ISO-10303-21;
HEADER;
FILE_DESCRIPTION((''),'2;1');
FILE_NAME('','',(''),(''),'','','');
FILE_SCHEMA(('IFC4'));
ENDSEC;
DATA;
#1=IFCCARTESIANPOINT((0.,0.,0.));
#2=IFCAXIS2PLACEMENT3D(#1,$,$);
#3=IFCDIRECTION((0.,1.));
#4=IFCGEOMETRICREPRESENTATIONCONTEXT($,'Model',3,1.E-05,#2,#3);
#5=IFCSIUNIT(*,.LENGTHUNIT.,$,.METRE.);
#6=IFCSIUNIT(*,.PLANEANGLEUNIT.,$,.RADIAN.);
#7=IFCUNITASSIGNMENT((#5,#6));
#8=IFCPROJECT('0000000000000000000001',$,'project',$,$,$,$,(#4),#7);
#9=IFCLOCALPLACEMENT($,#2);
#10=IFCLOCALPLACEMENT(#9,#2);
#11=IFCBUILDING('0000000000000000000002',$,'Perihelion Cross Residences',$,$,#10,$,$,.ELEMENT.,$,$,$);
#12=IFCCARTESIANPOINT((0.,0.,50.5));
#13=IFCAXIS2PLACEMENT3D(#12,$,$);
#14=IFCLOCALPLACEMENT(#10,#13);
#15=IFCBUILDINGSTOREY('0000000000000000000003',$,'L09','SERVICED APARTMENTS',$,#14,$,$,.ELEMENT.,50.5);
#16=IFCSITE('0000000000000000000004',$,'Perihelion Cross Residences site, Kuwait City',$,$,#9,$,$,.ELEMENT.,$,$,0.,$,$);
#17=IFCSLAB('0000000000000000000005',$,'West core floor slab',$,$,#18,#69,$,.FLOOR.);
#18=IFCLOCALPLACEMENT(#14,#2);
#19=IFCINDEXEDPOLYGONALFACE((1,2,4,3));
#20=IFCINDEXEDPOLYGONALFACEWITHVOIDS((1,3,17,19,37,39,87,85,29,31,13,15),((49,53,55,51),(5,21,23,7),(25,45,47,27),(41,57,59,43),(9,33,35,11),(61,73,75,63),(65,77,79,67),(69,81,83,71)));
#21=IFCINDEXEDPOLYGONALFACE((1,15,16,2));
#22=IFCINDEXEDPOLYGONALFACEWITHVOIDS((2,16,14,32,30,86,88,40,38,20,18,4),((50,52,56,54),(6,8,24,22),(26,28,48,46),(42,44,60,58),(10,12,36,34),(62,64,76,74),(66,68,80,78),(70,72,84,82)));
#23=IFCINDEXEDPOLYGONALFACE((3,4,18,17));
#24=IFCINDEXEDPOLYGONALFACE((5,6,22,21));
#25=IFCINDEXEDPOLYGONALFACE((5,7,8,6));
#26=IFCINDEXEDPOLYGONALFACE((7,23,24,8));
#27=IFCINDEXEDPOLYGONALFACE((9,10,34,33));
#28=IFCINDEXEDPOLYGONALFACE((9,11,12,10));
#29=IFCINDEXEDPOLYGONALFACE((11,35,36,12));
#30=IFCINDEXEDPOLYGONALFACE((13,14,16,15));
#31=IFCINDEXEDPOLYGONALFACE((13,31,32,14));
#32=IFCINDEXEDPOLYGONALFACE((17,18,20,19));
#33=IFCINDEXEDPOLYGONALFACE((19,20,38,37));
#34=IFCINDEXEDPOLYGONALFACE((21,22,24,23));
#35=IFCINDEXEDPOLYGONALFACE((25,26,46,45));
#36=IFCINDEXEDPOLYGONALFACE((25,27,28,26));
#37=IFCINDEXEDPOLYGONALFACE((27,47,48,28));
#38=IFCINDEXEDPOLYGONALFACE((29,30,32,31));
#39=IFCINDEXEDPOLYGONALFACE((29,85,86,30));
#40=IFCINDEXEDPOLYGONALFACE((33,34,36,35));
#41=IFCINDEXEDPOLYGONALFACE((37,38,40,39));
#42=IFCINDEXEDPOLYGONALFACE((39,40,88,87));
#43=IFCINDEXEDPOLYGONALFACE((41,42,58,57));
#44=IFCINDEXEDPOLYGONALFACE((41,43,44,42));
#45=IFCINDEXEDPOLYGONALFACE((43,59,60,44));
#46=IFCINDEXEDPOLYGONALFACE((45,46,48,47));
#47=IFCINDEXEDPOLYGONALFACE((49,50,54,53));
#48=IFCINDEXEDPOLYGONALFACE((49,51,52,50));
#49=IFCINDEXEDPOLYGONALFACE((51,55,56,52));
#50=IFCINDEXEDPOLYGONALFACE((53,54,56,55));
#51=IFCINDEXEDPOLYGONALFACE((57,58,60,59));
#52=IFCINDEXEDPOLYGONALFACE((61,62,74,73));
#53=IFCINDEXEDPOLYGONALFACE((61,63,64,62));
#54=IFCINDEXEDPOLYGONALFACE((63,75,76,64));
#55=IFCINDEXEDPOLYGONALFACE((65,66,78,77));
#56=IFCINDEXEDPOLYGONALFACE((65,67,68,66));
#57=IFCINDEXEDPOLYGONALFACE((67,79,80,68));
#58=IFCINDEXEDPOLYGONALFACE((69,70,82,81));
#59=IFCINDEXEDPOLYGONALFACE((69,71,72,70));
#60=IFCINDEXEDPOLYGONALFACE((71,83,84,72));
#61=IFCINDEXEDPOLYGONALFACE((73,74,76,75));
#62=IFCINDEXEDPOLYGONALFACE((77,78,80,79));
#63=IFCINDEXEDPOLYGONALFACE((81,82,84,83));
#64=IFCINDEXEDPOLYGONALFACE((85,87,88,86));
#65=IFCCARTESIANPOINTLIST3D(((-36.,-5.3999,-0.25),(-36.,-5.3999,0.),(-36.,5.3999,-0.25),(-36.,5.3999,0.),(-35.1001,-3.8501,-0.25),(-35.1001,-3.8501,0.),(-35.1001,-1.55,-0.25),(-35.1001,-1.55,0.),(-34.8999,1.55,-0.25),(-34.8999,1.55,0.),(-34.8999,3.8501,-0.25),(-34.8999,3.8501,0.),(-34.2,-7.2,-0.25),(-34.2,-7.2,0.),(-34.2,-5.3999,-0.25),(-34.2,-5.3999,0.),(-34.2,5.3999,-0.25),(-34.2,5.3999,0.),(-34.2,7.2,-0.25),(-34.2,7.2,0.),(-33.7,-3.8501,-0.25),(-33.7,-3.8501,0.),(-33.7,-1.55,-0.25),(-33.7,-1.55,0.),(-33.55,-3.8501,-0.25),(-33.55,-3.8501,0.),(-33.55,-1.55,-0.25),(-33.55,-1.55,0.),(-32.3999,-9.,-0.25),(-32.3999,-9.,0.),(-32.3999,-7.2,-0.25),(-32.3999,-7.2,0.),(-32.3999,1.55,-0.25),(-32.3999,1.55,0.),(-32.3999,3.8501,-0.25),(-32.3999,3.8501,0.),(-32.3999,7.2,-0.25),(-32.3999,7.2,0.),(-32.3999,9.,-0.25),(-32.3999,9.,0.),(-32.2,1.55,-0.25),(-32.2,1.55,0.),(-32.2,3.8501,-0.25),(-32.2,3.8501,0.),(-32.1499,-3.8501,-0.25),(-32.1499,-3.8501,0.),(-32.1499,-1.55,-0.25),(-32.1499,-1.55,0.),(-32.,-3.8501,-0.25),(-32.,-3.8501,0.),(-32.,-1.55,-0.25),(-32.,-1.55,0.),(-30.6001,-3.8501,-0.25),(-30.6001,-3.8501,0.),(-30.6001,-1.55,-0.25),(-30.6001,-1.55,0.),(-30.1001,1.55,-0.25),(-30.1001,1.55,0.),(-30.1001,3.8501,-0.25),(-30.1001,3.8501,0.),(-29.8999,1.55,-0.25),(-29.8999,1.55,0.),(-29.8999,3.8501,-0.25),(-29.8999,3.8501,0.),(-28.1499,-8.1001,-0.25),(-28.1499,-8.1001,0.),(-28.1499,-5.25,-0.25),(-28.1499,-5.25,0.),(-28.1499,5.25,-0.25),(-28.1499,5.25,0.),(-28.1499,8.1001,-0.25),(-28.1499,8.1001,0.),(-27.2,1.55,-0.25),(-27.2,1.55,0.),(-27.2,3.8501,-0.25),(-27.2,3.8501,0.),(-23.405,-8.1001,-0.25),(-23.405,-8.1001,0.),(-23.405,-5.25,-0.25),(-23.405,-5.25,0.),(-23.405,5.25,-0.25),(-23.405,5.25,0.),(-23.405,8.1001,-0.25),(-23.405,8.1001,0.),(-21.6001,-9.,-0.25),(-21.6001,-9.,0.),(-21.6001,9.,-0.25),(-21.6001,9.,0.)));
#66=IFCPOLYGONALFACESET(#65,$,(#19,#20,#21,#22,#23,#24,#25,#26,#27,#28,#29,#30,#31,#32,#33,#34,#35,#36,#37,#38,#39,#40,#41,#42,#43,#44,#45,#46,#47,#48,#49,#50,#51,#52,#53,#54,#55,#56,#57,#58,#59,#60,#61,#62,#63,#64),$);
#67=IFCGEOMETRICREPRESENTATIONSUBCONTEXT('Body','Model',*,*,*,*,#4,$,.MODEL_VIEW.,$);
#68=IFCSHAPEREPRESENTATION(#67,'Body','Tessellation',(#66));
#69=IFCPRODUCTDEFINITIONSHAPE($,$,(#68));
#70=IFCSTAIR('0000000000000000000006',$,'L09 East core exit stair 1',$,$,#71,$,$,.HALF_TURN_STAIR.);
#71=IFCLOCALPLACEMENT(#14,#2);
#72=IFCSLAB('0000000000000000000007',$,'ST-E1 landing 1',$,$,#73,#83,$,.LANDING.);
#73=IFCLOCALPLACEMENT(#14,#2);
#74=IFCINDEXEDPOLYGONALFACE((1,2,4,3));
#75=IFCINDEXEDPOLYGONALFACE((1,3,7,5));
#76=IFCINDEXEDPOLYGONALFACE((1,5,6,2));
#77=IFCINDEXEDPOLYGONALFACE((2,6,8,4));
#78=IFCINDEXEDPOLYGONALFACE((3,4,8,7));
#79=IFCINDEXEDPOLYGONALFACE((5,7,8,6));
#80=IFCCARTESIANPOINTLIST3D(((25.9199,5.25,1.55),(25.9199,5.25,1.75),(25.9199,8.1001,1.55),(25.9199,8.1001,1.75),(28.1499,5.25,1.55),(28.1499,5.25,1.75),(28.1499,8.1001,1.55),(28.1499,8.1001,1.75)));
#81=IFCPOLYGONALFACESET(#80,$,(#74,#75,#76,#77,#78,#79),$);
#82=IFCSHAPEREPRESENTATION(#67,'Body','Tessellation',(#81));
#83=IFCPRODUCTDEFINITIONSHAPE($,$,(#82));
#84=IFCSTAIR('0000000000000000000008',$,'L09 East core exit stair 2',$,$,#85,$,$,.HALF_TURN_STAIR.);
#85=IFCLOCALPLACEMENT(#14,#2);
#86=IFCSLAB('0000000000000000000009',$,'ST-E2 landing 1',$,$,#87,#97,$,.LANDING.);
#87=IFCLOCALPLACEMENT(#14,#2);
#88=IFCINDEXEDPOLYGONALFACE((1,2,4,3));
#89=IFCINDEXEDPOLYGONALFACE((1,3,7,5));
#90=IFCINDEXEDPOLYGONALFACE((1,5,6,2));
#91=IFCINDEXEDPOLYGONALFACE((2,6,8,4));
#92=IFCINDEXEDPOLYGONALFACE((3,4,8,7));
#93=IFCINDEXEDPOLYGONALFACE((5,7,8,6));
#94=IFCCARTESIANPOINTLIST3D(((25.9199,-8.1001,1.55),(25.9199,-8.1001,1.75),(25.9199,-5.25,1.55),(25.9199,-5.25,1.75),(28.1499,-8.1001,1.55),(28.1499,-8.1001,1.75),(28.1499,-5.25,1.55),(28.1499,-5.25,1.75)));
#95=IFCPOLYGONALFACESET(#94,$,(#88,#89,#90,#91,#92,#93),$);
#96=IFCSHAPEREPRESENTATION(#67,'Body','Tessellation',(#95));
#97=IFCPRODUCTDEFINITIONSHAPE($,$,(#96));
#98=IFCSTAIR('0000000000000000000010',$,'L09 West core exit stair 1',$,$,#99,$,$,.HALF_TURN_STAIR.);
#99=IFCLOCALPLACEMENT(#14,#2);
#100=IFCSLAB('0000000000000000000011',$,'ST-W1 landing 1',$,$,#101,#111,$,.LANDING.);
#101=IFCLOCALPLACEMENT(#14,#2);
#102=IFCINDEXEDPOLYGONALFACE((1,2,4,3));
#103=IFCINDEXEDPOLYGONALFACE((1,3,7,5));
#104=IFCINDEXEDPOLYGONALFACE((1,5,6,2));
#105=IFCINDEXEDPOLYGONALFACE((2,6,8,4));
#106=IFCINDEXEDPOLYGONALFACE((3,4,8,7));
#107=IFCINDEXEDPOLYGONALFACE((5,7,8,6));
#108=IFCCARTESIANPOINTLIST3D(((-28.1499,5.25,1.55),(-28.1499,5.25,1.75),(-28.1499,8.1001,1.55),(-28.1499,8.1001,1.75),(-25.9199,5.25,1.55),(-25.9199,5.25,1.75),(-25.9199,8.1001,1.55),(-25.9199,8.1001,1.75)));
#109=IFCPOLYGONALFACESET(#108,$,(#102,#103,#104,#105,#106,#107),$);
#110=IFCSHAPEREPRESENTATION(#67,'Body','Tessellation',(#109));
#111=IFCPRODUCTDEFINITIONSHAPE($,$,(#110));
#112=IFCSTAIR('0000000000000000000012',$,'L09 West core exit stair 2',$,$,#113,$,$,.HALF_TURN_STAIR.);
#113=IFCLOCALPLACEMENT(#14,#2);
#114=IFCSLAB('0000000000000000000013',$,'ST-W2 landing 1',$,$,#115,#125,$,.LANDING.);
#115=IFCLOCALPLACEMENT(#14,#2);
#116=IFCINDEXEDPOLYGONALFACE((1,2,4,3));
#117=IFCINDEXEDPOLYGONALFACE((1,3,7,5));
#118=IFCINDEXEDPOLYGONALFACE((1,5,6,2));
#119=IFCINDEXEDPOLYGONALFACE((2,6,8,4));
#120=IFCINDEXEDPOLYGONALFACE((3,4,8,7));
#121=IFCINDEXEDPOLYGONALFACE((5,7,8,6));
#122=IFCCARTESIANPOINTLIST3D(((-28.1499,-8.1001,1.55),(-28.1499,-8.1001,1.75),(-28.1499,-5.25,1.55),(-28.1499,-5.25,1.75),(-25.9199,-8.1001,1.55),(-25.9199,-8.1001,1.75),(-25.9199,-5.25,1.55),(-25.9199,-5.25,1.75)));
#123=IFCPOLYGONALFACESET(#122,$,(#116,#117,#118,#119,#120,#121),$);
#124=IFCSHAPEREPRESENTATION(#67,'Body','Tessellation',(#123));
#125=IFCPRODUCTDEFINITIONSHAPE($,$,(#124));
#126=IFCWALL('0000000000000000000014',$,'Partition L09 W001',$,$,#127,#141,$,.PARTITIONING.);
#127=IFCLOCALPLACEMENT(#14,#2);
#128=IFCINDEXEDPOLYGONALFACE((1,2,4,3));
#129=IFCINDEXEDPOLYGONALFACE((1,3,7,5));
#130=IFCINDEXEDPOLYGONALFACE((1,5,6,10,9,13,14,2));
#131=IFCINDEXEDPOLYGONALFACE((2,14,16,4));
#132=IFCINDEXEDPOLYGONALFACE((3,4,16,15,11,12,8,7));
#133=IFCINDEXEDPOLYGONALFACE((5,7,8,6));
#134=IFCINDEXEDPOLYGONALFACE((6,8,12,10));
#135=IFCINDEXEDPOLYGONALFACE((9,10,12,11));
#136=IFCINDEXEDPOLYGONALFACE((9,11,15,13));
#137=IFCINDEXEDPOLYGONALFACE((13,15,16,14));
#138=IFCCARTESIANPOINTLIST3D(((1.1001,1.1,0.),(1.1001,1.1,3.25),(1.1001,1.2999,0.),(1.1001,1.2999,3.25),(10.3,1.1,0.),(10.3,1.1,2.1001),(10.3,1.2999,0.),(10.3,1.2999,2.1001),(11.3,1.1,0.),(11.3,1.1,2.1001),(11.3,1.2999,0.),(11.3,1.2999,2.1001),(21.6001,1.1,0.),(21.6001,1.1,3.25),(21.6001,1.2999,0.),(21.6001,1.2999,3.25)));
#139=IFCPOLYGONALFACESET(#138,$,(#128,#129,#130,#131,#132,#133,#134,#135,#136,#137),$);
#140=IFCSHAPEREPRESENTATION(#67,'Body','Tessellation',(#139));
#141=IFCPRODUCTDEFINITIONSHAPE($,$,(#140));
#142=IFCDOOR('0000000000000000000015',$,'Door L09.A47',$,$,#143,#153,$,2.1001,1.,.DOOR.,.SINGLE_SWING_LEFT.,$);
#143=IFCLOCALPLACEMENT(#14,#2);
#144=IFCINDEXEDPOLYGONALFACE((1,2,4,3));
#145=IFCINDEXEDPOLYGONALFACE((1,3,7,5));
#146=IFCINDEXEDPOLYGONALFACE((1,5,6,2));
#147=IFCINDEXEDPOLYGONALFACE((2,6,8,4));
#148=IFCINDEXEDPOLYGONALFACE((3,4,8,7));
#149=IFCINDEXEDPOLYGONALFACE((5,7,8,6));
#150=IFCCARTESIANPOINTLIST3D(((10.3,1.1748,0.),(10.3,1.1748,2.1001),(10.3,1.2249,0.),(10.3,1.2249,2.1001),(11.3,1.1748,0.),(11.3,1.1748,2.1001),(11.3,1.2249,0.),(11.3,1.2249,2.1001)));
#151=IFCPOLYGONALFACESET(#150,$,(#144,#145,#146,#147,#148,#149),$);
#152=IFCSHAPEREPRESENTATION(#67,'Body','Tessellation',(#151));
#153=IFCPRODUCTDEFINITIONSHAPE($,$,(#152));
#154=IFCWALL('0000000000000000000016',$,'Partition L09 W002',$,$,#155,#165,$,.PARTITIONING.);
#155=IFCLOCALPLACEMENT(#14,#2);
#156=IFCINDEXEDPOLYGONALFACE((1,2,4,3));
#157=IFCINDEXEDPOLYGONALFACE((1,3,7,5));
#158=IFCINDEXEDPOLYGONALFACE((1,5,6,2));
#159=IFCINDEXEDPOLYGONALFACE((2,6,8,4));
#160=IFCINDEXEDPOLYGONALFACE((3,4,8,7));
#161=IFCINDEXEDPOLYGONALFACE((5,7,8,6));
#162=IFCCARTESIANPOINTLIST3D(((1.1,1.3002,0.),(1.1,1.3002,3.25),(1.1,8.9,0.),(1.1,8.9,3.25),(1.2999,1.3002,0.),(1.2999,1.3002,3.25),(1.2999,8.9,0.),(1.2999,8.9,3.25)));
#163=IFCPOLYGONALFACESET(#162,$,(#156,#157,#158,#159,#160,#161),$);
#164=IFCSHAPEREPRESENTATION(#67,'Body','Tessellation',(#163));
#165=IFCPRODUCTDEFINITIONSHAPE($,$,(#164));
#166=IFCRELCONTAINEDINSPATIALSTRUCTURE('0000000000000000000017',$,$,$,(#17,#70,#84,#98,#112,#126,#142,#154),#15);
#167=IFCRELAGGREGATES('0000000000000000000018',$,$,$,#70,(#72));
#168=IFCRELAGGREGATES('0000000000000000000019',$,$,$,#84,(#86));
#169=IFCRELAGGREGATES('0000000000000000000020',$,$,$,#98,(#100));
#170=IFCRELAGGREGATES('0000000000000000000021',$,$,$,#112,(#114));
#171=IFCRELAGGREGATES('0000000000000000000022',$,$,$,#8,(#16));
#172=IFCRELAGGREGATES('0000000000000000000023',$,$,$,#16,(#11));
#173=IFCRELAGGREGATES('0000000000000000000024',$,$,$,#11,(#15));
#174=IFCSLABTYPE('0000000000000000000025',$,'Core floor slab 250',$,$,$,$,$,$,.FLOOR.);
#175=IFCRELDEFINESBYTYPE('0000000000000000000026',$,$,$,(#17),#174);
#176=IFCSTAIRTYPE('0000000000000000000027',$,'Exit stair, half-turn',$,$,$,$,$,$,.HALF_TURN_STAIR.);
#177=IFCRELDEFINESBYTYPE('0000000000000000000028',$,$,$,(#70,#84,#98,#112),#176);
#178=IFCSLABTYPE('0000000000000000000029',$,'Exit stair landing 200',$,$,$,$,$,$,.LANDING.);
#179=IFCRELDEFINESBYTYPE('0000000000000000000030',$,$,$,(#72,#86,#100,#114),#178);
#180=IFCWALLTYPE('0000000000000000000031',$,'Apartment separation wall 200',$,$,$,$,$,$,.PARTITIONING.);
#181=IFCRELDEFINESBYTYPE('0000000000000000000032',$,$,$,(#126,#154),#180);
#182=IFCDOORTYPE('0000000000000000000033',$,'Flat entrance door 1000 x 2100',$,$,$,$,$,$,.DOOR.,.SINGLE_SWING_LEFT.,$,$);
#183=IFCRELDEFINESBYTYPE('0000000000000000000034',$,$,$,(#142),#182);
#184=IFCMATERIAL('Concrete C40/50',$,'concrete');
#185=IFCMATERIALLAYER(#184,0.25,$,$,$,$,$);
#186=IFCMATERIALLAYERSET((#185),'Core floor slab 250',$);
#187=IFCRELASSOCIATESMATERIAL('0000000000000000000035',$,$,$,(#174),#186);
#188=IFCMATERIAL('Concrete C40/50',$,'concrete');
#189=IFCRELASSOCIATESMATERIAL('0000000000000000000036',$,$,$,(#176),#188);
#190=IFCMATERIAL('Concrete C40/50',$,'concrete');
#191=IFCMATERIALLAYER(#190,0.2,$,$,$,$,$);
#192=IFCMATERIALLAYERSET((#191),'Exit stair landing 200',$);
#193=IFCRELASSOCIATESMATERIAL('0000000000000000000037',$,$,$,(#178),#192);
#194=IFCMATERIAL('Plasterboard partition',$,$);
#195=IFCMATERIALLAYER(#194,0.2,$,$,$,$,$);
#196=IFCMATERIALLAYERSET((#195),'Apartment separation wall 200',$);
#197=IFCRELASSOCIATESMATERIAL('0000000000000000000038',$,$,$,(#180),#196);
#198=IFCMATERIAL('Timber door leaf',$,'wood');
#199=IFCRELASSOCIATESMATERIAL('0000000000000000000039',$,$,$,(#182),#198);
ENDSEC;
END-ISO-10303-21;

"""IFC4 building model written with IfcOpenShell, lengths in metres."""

from ifc_helpers import new_model, si_unit, direction, frame, frame_2d, origin, place, context, subcontext, project, spatial, polyline, rectangle, outline, extrude, material, layer, layer_set, type_object, element, fill, aggregate, save


model = new_model("IFC4")

# Units and contexts
model_context = context("Model", 3, precision=1e-05, world=origin(), true_north=direction((0.0, 1.0)))
body_context = subcontext(model_context, "Body", "Model", "MODEL_VIEW")
ifc_project = project(units=[si_unit("LENGTHUNIT", "METRE"), si_unit("PLANEANGLEUNIT", "RADIAN")], contexts=[model_context])

# Site, building, storey
site_placement = place(None, origin())
site = spatial("IfcSite", under=ifc_project, at=site_placement, Name="Perihelion Cross Residences site, Kuwait City", CompositionType="ELEMENT", RefElevation=0.0)
building_placement = place(site_placement, origin())
building = spatial("IfcBuilding", under=site, at=building_placement, Name="Perihelion Cross Residences", CompositionType="ELEMENT")
storey_placement = place(building_placement, frame((0.0, 0.0, 50.5)))
storey = spatial("IfcBuildingStorey", under=building, at=storey_placement, Name="L09", Description="SERVICED APARTMENTS", CompositionType="ELEMENT", Elevation=50.5)

# Slab
ifc_material_1 = material(Name="Concrete C40/50", Category="concrete")
ifc_layer_1 = layer(ifc_material_1, 0.25)
ifc_layer_set_1 = layer_set([ifc_layer_1], Name="Core floor slab 250")
slab_type_1 = type_object("IfcSlabType", Name="Core floor slab 250", PredefinedType="FLOOR", material=ifc_layer_set_1)
slab_1_placement = place(storey_placement, frame((0.0, 0.0, -0.25)))
element("IfcSlab", 1, at=slab_1_placement, inside=storey, type_object=slab_type_1, Name="West core floor slab", PredefinedType="FLOOR", context=body_context, shape_type="SweptSolid", body=[
    extrude(outline(polyline([(-32.3999, 7.2), (-34.2, 7.2), (-34.2, 5.3999), (-36.0, 5.3999), (-36.0, -5.3999), (-34.2, -5.3999), (-34.2, -7.2), (-32.3999, -7.2), (-32.3999, -9.0), (-21.6001, -9.0), (-21.6001, 9.0), (-32.3999, 9.0), (-32.3999, 7.2)]), holes=[polyline([(-23.405, -8.1001), (-28.1499, -8.1001), (-28.1499, -5.25), (-23.405, -5.25), (-23.405, -8.1001)]), polyline([(-30.6001, -1.55), (-30.6001, -3.8501), (-32.0, -3.8501), (-32.0, -1.55), (-30.6001, -1.55)]), polyline([(-32.1499, -1.55), (-32.1499, -3.8501), (-33.55, -3.8501), (-33.55, -1.55), (-32.1499, -1.55)]), polyline([(-33.7, -1.55), (-33.7, -3.8501), (-35.1001, -3.8501), (-35.1001, -1.55), (-33.7, -1.55)]), polyline([(-27.2, 3.8501), (-27.2, 1.55), (-29.8999, 1.55), (-29.8999, 3.8501), (-27.2, 3.8501)]), polyline([(-30.1001, 3.8501), (-30.1001, 1.55), (-32.2, 1.55), (-32.2, 3.8501), (-30.1001, 3.8501)]), polyline([(-32.3999, 3.8501), (-32.3999, 1.55), (-34.8999, 1.55), (-34.8999, 3.8501), (-32.3999, 3.8501)]), polyline([(-23.405, 5.25), (-28.1499, 5.25), (-28.1499, 8.1001), (-23.405, 8.1001), (-23.405, 5.25)])]), origin(), (0.0, 0.0, 1.0), 0.25),
])

# Stairs, slabs
ifc_material_2 = material(Name="Concrete C40/50", Category="concrete")
stair_type = type_object("IfcStairType", Name="Exit stair, half-turn", PredefinedType="HALF_TURN_STAIR", material=ifc_material_2)
stair_1_placement = place(storey_placement, origin())
stair_1 = element("IfcStair", 2, at=stair_1_placement, inside=storey, type_object=stair_type, Name="L09 East core exit stair 1", PredefinedType="HALF_TURN_STAIR")
ifc_material_3 = material(Name="Concrete C40/50", Category="concrete")
ifc_layer_2 = layer(ifc_material_3, 0.2)
ifc_layer_set_2 = layer_set([ifc_layer_2], Name="Exit stair landing 200")
slab_type_2 = type_object("IfcSlabType", Name="Exit stair landing 200", PredefinedType="LANDING", material=ifc_layer_set_2)
slab_2_placement = place(storey_placement, frame((0.0, 0.0, 1.55)))
slab_2 = element("IfcSlab", 3, at=slab_2_placement, type_object=slab_type_2, Name="ST-E1 landing 1", PredefinedType="LANDING", context=body_context, shape_type="SweptSolid", body=[
    extrude(outline(polyline([(25.9199, 5.25), (28.1499, 5.25), (28.1499, 8.1001), (25.9199, 8.1001), (25.9199, 5.25)])), origin(), (0.0, 0.0, 1.0), 0.2),
])
aggregate(stair_1, [slab_2])
stair_2_placement = place(storey_placement, origin())
stair_2 = element("IfcStair", 4, at=stair_2_placement, inside=storey, type_object=stair_type, Name="L09 East core exit stair 2", PredefinedType="HALF_TURN_STAIR")
slab_3_placement = place(storey_placement, frame((0.0, 0.0, 1.55)))
slab_3 = element("IfcSlab", 5, at=slab_3_placement, type_object=slab_type_2, Name="ST-E2 landing 1", PredefinedType="LANDING", context=body_context, shape_type="SweptSolid", body=[
    extrude(outline(polyline([(25.9199, -8.1001), (28.1499, -8.1001), (28.1499, -5.25), (25.9199, -5.25), (25.9199, -8.1001)])), origin(), (0.0, 0.0, 1.0), 0.2),
])
aggregate(stair_2, [slab_3])
stair_3_placement = place(storey_placement, origin())
stair_3 = element("IfcStair", 6, at=stair_3_placement, inside=storey, type_object=stair_type, Name="L09 West core exit stair 1", PredefinedType="HALF_TURN_STAIR")
slab_4_placement = place(storey_placement, frame((0.0, 0.0, 1.55)))
slab_4 = element("IfcSlab", 7, at=slab_4_placement, type_object=slab_type_2, Name="ST-W1 landing 1", PredefinedType="LANDING", context=body_context, shape_type="SweptSolid", body=[
    extrude(outline(polyline([(-25.9199, 8.1001), (-28.1499, 8.1001), (-28.1499, 5.25), (-25.9199, 5.25), (-25.9199, 8.1001)])), origin(), (0.0, 0.0, 1.0), 0.2),
])
aggregate(stair_3, [slab_4])
stair_4_placement = place(storey_placement, origin())
stair_4 = element("IfcStair", 8, at=stair_4_placement, inside=storey, type_object=stair_type, Name="L09 West core exit stair 2", PredefinedType="HALF_TURN_STAIR")
slab_5_placement = place(storey_placement, frame((0.0, 0.0, 1.55)))
slab_5 = element("IfcSlab", 9, at=slab_5_placement, type_object=slab_type_2, Name="ST-W2 landing 1", PredefinedType="LANDING", context=body_context, shape_type="SweptSolid", body=[
    extrude(outline(polyline([(-25.9199, -5.25), (-28.1499, -5.25), (-28.1499, -8.1001), (-25.9199, -8.1001), (-25.9199, -5.25)])), origin(), (0.0, 0.0, 1.0), 0.2),
])
aggregate(stair_4, [slab_5])

# Wall, opening, door
ifc_material_4 = material(Name="Plasterboard partition")
ifc_layer_3 = layer(ifc_material_4, 0.2)
ifc_layer_set_3 = layer_set([ifc_layer_3], Name="Apartment separation wall 200")
wall_type_1 = type_object("IfcWallType", Name="Apartment separation wall 200", PredefinedType="PARTITIONING", material=ifc_layer_set_3)
wall_1_placement = place(storey_placement, frame((1.1001, 1.2, 0.0), z_axis=(0.0, 0.0, 1.0), x_axis=(1.0, 0.0, 0.0)))
wall_1 = element("IfcWall", 10, at=wall_1_placement, inside=storey, type_object=wall_type_1, Name="Partition L09 W001", PredefinedType="PARTITIONING", context=body_context, shape_type="SweptSolid", body=[
    extrude(rectangle(XDim=20.5, YDim=0.2, at=frame_2d((10.25, 0.0))), origin(), (0.0, 0.0, 1.0), 3.25),
])
opening_1_placement = place(wall_1_placement, frame((9.2, 0.0, 0.0)))
opening_1 = element("IfcOpeningElement", 11, at=opening_1_placement, cuts=wall_1, PredefinedType="OPENING", context=body_context, shape_type="SweptSolid", body=[
    extrude(rectangle(XDim=1.0, YDim=2.1001, at=frame_2d((0.5, 1.05))), frame((0.0, 0.1099, 0.0), z_axis=(0.0, -1.0, 0.0), x_axis=(1.0, 0.0, 0.0)), (0.0, 0.0, 1.0), 0.22),
])
ifc_material_5 = material(Name="Timber door leaf", Category="wood")
door_type_1 = type_object("IfcDoorType", Name="Flat entrance door 1000 x 2100", OperationType="SINGLE_SWING_LEFT", PredefinedType="DOOR", material=ifc_material_5)
door_1_placement = place(opening_1_placement, origin())
door_1 = element("IfcDoor", 12, at=door_1_placement, inside=storey, type_object=door_type_1, Name="Door L09.A47", OperationType="SINGLE_SWING_LEFT", OverallHeight=2.1001, OverallWidth=1.0, PredefinedType="DOOR", context=body_context, shape_type="SweptSolid", body=[
    extrude(rectangle(XDim=1.0, YDim=2.1001, at=frame_2d((0.5, 1.05))), frame((0.0, 0.0249, 0.0), z_axis=(0.0, -1.0, 0.0), x_axis=(1.0, 0.0, 0.0)), (0.0, 0.0, 1.0), 0.05),
])
fill(opening_1, door_1)

# Wall
wall_2_placement = place(storey_placement, frame((1.2, 8.8999, 0.0), z_axis=(0.0, 0.0, 1.0), x_axis=(0.0, -1.0, 0.0)))
element("IfcWall", 13, at=wall_2_placement, inside=storey, type_object=wall_type_1, Name="Partition L09 W002", PredefinedType="PARTITIONING", context=body_context, shape_type="SweptSolid", body=[
    extrude(rectangle(XDim=7.5999, YDim=0.2, at=frame_2d((3.7998, 0.0))), origin(), (0.0, 0.0, 1.0), 3.25),
])

save(model, "model.ifc")
